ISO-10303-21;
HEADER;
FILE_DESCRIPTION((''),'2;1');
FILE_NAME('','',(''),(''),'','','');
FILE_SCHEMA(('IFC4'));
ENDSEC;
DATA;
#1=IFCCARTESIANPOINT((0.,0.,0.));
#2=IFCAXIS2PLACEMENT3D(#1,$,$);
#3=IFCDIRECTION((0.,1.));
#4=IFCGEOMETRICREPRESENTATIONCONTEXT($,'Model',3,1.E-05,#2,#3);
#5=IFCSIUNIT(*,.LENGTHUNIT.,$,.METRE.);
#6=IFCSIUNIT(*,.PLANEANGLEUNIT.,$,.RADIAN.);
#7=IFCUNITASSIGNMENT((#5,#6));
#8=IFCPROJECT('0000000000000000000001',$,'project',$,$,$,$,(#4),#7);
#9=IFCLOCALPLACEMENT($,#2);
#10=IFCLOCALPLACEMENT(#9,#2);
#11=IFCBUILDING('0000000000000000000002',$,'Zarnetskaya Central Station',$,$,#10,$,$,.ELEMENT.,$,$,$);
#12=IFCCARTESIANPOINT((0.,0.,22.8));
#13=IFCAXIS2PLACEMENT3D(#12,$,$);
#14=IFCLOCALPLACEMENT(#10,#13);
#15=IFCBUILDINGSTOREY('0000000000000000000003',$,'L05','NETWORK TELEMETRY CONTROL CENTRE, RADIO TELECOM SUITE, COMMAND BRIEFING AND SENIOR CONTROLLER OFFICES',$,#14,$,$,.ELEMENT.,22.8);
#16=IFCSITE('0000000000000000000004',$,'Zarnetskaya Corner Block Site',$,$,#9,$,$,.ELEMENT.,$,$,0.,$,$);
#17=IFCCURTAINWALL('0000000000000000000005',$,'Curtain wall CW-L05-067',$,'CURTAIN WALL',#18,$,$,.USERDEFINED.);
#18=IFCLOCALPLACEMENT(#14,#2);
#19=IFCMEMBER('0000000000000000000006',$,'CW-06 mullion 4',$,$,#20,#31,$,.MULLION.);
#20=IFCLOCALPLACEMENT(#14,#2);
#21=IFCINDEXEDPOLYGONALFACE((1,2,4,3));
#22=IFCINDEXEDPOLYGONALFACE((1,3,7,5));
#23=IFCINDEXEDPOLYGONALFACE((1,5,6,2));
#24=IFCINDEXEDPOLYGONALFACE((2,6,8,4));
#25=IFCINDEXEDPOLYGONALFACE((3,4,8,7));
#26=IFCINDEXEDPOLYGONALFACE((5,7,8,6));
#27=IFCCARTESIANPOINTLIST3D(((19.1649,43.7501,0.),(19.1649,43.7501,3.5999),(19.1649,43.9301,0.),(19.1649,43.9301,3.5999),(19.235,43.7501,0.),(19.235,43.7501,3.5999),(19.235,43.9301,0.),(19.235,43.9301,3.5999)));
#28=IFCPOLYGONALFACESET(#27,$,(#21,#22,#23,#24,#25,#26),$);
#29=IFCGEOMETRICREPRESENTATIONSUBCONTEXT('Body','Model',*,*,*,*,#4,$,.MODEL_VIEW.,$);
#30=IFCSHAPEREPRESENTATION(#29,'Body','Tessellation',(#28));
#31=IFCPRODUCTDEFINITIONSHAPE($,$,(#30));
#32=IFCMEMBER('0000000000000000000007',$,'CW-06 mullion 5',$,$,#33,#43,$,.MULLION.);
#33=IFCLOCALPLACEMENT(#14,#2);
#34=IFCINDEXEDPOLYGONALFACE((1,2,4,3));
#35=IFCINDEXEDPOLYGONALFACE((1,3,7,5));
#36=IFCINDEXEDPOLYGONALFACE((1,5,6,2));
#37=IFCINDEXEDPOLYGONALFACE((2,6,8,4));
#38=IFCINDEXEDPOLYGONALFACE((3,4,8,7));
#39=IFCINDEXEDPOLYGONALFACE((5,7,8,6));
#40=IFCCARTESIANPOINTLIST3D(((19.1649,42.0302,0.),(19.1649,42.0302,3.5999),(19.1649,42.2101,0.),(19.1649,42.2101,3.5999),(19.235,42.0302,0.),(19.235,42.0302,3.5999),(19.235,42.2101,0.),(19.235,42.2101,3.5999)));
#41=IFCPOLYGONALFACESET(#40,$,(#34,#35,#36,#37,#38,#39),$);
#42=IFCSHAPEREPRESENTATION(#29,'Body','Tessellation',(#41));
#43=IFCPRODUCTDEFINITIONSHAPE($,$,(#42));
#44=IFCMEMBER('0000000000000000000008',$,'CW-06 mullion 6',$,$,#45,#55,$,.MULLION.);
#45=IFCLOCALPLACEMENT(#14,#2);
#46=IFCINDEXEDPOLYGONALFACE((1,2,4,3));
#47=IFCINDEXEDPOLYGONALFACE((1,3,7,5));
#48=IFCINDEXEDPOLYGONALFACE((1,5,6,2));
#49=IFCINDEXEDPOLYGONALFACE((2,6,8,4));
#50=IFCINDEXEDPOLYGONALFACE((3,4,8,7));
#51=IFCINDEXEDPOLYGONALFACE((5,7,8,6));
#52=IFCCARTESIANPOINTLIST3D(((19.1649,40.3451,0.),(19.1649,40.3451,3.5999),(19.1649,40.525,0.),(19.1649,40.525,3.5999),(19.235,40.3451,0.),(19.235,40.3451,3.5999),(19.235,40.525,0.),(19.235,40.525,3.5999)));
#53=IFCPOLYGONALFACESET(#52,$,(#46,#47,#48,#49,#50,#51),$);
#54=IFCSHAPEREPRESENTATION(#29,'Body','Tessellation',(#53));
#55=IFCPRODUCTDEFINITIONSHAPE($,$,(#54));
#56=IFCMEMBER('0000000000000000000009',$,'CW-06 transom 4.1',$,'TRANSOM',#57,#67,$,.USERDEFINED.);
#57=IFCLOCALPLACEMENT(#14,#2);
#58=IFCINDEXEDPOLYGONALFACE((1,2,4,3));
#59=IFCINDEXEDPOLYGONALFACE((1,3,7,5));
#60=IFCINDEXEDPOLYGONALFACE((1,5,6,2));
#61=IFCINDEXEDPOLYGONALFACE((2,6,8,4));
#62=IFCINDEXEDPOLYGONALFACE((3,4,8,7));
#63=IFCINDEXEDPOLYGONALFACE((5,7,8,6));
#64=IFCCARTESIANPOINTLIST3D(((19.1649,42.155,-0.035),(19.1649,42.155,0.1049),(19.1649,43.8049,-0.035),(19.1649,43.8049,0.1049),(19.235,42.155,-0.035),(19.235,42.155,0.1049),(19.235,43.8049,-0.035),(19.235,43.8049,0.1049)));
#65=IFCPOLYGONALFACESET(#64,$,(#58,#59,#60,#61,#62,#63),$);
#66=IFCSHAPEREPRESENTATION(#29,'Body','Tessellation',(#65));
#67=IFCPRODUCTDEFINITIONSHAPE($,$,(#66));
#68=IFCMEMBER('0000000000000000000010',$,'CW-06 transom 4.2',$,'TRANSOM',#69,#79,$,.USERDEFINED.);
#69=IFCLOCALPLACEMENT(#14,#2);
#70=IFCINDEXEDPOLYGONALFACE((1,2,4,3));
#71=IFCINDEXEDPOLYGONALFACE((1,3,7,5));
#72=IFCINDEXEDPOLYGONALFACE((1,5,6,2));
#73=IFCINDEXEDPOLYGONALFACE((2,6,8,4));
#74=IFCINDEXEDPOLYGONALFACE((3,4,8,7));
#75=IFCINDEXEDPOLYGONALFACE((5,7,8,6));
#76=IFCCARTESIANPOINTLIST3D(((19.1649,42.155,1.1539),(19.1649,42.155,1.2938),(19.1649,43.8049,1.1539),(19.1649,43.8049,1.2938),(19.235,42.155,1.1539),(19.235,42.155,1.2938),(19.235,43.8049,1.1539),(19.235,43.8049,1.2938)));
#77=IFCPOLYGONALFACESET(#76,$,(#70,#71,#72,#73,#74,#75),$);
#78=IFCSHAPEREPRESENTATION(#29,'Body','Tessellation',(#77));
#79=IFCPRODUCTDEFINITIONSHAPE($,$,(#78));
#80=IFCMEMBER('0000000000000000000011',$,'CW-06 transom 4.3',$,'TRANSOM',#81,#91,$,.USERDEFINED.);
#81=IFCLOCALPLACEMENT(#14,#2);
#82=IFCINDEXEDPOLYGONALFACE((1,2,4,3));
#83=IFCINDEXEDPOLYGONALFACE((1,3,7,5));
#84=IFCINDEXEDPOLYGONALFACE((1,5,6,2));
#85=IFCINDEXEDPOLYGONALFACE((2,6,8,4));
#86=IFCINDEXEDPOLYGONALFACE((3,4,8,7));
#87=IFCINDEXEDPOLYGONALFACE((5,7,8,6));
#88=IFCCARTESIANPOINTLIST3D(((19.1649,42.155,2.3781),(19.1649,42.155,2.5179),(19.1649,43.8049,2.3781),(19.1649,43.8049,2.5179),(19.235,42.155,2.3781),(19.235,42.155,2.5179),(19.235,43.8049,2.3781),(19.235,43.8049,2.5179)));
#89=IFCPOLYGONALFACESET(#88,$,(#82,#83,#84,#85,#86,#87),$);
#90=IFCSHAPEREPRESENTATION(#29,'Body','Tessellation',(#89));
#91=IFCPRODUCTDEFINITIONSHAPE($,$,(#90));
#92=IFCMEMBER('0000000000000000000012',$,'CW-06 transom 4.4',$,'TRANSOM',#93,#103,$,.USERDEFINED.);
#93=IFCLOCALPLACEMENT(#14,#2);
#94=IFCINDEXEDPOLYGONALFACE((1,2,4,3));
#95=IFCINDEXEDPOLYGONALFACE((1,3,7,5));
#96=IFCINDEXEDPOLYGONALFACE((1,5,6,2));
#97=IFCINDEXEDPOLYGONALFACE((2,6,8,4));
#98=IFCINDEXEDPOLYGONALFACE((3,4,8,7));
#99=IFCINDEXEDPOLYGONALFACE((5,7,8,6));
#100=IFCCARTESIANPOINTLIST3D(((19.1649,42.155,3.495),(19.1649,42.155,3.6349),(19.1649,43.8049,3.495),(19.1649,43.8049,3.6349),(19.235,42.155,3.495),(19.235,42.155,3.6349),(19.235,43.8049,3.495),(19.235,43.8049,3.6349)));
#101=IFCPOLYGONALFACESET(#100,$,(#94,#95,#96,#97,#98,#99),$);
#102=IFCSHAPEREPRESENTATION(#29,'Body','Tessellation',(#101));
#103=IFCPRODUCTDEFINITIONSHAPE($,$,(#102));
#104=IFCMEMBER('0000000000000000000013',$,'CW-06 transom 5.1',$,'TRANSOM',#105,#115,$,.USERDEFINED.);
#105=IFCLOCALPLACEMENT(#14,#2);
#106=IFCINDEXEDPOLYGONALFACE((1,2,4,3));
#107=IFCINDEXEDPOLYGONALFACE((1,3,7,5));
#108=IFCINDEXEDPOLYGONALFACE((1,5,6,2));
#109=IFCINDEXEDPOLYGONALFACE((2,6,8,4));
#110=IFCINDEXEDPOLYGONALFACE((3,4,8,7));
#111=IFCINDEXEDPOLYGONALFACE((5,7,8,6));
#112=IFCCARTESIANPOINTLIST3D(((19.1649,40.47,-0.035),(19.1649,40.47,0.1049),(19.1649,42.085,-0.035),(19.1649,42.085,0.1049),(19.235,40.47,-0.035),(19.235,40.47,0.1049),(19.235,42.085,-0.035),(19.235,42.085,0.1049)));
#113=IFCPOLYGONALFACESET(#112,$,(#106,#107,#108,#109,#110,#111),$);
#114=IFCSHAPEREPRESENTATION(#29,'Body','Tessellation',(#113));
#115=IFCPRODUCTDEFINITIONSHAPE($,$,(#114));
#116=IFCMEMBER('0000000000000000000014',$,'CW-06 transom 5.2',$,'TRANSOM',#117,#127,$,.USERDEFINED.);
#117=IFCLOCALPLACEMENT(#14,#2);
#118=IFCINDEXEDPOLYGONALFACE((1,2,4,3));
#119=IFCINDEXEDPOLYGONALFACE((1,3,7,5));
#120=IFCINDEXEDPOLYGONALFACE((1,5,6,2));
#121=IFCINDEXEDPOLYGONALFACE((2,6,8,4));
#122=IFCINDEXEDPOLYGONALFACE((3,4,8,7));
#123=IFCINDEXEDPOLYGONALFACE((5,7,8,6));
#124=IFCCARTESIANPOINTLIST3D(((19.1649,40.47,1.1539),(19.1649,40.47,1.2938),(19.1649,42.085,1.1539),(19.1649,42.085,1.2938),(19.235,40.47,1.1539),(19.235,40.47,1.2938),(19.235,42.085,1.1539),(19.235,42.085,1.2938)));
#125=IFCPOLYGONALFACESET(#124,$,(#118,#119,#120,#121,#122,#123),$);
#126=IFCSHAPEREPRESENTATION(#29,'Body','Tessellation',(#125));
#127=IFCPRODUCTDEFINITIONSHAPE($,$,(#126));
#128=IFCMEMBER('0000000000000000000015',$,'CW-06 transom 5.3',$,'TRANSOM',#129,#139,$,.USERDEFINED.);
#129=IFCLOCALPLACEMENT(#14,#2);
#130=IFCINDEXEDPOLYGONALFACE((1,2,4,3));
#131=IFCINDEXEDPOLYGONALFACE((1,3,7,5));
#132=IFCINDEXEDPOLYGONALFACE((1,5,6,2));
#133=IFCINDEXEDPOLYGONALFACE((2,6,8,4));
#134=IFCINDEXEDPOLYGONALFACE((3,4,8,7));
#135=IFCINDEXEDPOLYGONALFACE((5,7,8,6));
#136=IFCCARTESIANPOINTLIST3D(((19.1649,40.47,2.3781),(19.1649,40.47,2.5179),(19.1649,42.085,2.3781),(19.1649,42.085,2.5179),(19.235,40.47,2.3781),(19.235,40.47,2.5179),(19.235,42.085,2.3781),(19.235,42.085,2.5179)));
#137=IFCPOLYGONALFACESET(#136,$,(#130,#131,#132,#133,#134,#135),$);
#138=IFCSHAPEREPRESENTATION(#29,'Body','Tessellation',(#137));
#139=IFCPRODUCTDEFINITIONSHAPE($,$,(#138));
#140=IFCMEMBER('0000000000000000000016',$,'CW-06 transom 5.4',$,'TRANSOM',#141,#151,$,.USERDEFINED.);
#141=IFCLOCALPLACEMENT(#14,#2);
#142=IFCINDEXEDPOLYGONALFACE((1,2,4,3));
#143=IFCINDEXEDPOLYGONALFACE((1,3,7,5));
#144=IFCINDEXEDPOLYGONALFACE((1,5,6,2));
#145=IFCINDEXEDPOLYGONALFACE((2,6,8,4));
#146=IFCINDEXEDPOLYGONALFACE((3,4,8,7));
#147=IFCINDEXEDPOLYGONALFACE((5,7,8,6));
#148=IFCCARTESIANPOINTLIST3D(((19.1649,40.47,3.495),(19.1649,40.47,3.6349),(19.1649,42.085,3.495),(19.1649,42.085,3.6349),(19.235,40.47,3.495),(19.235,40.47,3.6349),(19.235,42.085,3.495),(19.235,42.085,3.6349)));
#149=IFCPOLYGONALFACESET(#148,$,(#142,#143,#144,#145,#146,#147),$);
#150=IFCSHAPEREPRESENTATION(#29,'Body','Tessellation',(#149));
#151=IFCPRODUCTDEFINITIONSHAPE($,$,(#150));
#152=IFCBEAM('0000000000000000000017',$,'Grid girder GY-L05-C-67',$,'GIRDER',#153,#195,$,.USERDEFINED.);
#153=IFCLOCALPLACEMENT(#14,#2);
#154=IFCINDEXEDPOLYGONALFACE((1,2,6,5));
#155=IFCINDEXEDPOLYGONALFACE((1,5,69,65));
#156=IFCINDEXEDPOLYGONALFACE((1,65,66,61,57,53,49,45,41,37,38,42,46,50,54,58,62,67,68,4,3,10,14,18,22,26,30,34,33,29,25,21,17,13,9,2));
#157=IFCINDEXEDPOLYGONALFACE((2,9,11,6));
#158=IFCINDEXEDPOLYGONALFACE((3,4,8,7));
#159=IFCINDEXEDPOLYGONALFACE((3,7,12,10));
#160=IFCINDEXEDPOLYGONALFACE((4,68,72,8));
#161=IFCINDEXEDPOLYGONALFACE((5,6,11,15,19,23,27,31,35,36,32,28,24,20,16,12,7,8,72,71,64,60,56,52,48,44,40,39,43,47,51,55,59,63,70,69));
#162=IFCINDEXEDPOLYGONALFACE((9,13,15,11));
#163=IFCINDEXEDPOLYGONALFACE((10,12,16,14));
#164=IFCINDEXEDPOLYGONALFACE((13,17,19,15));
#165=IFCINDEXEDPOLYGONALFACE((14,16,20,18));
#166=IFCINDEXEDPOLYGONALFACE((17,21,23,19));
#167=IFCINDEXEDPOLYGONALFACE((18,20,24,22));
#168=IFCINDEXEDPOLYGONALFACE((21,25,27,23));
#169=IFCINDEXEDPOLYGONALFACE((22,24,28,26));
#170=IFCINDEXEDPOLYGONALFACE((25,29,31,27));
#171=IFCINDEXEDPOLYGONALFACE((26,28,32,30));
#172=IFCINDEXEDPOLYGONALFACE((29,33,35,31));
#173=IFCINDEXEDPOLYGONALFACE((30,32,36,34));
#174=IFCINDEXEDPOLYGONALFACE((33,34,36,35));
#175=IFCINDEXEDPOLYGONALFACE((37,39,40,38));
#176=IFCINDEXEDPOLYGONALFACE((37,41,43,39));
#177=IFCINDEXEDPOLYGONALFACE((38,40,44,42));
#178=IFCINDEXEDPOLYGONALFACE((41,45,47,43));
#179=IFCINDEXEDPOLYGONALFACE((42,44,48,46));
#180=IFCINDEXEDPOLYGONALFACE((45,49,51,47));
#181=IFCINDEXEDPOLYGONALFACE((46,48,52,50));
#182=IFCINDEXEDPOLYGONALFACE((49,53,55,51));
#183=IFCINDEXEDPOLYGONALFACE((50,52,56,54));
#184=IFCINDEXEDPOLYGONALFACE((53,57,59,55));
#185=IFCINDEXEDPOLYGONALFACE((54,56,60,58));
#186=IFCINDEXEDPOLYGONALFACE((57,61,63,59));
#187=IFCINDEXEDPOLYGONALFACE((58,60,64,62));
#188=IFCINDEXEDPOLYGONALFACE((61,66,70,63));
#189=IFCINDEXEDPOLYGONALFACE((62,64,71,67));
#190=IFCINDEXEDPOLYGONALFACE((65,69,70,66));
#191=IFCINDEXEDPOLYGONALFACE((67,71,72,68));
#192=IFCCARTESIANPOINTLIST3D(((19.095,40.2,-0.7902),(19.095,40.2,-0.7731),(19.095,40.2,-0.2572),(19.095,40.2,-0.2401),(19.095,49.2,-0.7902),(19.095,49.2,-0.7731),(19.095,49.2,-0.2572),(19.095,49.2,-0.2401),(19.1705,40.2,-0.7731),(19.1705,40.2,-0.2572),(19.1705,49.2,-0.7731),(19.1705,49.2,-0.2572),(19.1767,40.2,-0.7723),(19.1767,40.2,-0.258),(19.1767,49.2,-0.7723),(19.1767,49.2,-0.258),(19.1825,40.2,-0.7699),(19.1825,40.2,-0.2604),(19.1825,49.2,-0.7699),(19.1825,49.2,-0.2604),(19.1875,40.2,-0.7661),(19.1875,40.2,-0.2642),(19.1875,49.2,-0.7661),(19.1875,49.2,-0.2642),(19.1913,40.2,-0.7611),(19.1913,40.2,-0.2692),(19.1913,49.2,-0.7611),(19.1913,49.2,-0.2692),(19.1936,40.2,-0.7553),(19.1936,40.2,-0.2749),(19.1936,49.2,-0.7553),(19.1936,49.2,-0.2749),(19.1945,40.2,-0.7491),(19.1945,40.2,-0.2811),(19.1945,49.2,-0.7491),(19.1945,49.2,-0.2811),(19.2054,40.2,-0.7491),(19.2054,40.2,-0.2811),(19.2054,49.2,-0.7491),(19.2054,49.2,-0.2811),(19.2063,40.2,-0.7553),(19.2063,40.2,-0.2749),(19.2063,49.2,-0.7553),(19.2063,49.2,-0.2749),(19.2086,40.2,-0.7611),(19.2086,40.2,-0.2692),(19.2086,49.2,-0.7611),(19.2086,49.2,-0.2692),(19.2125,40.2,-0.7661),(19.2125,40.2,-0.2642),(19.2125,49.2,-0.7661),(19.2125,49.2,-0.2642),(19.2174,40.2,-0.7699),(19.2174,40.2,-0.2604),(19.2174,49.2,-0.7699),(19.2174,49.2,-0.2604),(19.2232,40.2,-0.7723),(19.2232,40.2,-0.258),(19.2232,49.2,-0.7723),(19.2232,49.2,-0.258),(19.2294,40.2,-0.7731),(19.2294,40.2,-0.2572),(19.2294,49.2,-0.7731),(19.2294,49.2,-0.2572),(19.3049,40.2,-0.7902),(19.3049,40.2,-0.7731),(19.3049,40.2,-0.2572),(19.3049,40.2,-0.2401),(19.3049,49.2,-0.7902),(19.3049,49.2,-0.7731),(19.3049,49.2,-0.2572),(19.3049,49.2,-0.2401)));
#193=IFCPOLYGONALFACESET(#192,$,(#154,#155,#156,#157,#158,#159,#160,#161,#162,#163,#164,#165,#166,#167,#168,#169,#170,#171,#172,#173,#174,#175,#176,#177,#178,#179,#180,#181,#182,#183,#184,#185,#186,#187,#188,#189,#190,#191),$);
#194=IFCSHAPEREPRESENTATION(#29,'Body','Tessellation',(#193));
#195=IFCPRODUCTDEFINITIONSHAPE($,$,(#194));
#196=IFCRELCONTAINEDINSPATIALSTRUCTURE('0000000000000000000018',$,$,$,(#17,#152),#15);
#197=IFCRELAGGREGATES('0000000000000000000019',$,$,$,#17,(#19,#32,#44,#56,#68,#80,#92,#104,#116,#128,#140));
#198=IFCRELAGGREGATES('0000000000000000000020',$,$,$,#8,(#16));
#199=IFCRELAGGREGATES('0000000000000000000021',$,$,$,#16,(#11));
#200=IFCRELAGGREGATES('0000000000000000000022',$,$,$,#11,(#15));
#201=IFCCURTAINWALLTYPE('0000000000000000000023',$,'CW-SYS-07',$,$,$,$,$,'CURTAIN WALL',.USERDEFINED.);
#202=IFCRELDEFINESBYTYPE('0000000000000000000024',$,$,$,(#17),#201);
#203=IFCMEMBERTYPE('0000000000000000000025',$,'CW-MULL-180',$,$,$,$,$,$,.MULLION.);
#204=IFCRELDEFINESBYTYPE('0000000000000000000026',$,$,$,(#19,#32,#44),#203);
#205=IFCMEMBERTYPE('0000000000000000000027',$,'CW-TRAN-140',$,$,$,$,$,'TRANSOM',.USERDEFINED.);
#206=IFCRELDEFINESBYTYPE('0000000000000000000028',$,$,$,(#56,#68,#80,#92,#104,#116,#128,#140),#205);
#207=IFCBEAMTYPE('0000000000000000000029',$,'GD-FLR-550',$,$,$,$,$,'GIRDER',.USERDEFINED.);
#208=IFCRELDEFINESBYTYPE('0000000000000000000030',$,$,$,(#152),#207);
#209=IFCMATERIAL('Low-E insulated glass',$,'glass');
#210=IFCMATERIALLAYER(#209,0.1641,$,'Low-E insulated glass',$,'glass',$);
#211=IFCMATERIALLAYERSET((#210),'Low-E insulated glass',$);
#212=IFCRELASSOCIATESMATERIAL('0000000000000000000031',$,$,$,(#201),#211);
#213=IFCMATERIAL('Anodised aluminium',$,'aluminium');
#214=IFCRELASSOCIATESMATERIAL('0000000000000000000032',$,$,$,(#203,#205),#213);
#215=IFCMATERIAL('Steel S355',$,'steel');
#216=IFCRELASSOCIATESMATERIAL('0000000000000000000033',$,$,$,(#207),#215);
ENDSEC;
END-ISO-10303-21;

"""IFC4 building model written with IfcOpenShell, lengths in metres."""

from ifc_helpers import new_model, si_unit, direction, frame, origin, origin_2d, place, context, subcontext, project, spatial, rectangle, i_section, extrude, material, layer, layer_set, material_profile, profile_set, type_object, element, aggregate, save


model = new_model("IFC4")

# Units and contexts
model_context = context("Model", 3, precision=1e-05, world=origin(), true_north=direction((0.0, 1.0)))
body_context = subcontext(model_context, "Body", "Model", "MODEL_VIEW")
ifc_project = project(units=[si_unit("LENGTHUNIT", "METRE"), si_unit("PLANEANGLEUNIT", "RADIAN")], contexts=[model_context])

# Site, building, storey
site_placement = place(None, origin())
site = spatial("IfcSite", under=ifc_project, at=site_placement, Name="Zarnetskaya Corner Block Site", CompositionType="ELEMENT", RefElevation=0.0)
building_placement = place(site_placement, origin())
building = spatial("IfcBuilding", under=site, at=building_placement, Name="Zarnetskaya Central Station", CompositionType="ELEMENT")
storey_placement = place(building_placement, frame((0.0, 0.0, 22.8)))
storey = spatial("IfcBuildingStorey", under=building, at=storey_placement, Name="L05", Description="NETWORK TELEMETRY CONTROL CENTRE, RADIO TELECOM SUITE, COMMAND BRIEFING AND SENIOR CONTROLLER OFFICES", CompositionType="ELEMENT", Elevation=22.8)

# Curtain wall, members
ifc_material_1 = material(Name="Low-E insulated glass", Category="glass")
ifc_layer_1 = layer(ifc_material_1, 0.1641, Name="Low-E insulated glass", Category="glass")
ifc_layer_set_1 = layer_set([ifc_layer_1], Name="Low-E insulated glass")
curtain_wall_type = type_object("IfcCurtainWallType", Name="CW-SYS-07", ElementType="CURTAIN WALL", PredefinedType="USERDEFINED", material=ifc_layer_set_1)
curtain_wall_placement = place(storey_placement, origin())
curtain_wall = element("IfcCurtainWall", 1, at=curtain_wall_placement, inside=storey, type_object=curtain_wall_type, Name="Curtain wall CW-L05-067", ObjectType="CURTAIN WALL", PredefinedType="USERDEFINED")
ifc_material_2 = material(Name="Anodised aluminium", Category="aluminium")
ifc_material_profile_1 = material_profile(ifc_material_2, rectangle(XDim=0.0701, YDim=0.1799, at=origin_2d()), Name="ALU MULL 70x180")
ifc_profile_set_1 = profile_set([ifc_material_profile_1], Name="Anodised aluminium")
member_type_1 = type_object("IfcMemberType", Name="CW-MULL-180", PredefinedType="MULLION", material=ifc_profile_set_1)
member_1_placement = place(storey_placement, frame((19.2, 43.8401, 0.0), z_axis=(0.0, 0.0, 1.0), x_axis=(1.0, 0.0, 0.0)))
member_1 = element("IfcMember", 2, at=member_1_placement, type_object=member_type_1, Name="CW-06 mullion 4", PredefinedType="MULLION", context=body_context, shape_type="SweptSolid", body=[
    extrude(rectangle(XDim=0.0701, YDim=0.1799, at=origin_2d()), origin(), (0.0, 0.0, 1.0), 3.5999),
])
member_2_placement = place(storey_placement, frame((19.2, 42.1201, 0.0), z_axis=(0.0, 0.0, 1.0), x_axis=(1.0, 0.0, 0.0)))
member_2 = element("IfcMember", 3, at=member_2_placement, type_object=member_type_1, Name="CW-06 mullion 5", PredefinedType="MULLION", context=body_context, shape_type="SweptSolid", body=[
    extrude(rectangle(XDim=0.0701, YDim=0.1799, at=origin_2d()), origin(), (0.0, 0.0, 1.0), 3.5999),
])
member_3_placement = place(storey_placement, frame((19.2, 40.4351, 0.0), z_axis=(0.0, 0.0, 1.0), x_axis=(1.0, 0.0, 0.0)))
member_3 = element("IfcMember", 4, at=member_3_placement, type_object=member_type_1, Name="CW-06 mullion 6", PredefinedType="MULLION", context=body_context, shape_type="SweptSolid", body=[
    extrude(rectangle(XDim=0.0701, YDim=0.1799, at=origin_2d()), origin(), (0.0, 0.0, 1.0), 3.5999),
])
ifc_material_profile_2 = material_profile(ifc_material_2, rectangle(XDim=0.0701, YDim=0.1399, at=origin_2d()), Name="ALU TRAN 70x140")
ifc_profile_set_2 = profile_set([ifc_material_profile_2], Name="Anodised aluminium")
member_type_2 = type_object("IfcMemberType", Name="CW-TRAN-140", ElementType="TRANSOM", PredefinedType="USERDEFINED", material=ifc_profile_set_2)
member_4_placement = place(storey_placement, frame((19.2, 43.8049, 0.0349), z_axis=(0.0, -1.0, 0.0), x_axis=(1.0, 0.0, 0.0)))
member_4 = element("IfcMember", 5, at=member_4_placement, type_object=member_type_2, Name="CW-06 transom 4.1", ObjectType="TRANSOM", PredefinedType="USERDEFINED", context=body_context, shape_type="SweptSolid", body=[
    extrude(rectangle(XDim=0.0701, YDim=0.1399, at=origin_2d()), origin(), (0.0, 0.0, 1.0), 1.6499),
])
member_5_placement = place(storey_placement, frame((19.2, 43.8049, 1.2239), z_axis=(0.0, -1.0, 0.0), x_axis=(1.0, 0.0, 0.0)))
member_5 = element("IfcMember", 6, at=member_5_placement, type_object=member_type_2, Name="CW-06 transom 4.2", ObjectType="TRANSOM", PredefinedType="USERDEFINED", context=body_context, shape_type="SweptSolid", body=[
    extrude(rectangle(XDim=0.0701, YDim=0.1399, at=origin_2d()), origin(), (0.0, 0.0, 1.0), 1.6499),
])
member_6_placement = place(storey_placement, frame((19.2, 43.8049, 2.448), z_axis=(0.0, -1.0, 0.0), x_axis=(1.0, 0.0, 0.0)))
member_6 = element("IfcMember", 7, at=member_6_placement, type_object=member_type_2, Name="CW-06 transom 4.3", ObjectType="TRANSOM", PredefinedType="USERDEFINED", context=body_context, shape_type="SweptSolid", body=[
    extrude(rectangle(XDim=0.0701, YDim=0.1399, at=origin_2d()), origin(), (0.0, 0.0, 1.0), 1.6499),
])
member_7_placement = place(storey_placement, frame((19.2, 43.8049, 3.5649), z_axis=(0.0, -1.0, 0.0), x_axis=(1.0, 0.0, 0.0)))
member_7 = element("IfcMember", 8, at=member_7_placement, type_object=member_type_2, Name="CW-06 transom 4.4", ObjectType="TRANSOM", PredefinedType="USERDEFINED", context=body_context, shape_type="SweptSolid", body=[
    extrude(rectangle(XDim=0.0701, YDim=0.1399, at=origin_2d()), origin(), (0.0, 0.0, 1.0), 1.6499),
])
member_8_placement = place(storey_placement, frame((19.2, 42.085, 0.0349), z_axis=(0.0, -1.0, 0.0), x_axis=(1.0, 0.0, 0.0)))
member_8 = element("IfcMember", 9, at=member_8_placement, type_object=member_type_2, Name="CW-06 transom 5.1", ObjectType="TRANSOM", PredefinedType="USERDEFINED", context=body_context, shape_type="SweptSolid", body=[
    extrude(rectangle(XDim=0.0701, YDim=0.1399, at=origin_2d()), origin(), (0.0, 0.0, 1.0), 1.615),
])
member_9_placement = place(storey_placement, frame((19.2, 42.085, 1.2239), z_axis=(0.0, -1.0, 0.0), x_axis=(1.0, 0.0, 0.0)))
member_9 = element("IfcMember", 10, at=member_9_placement, type_object=member_type_2, Name="CW-06 transom 5.2", ObjectType="TRANSOM", PredefinedType="USERDEFINED", context=body_context, shape_type="SweptSolid", body=[
    extrude(rectangle(XDim=0.0701, YDim=0.1399, at=origin_2d()), origin(), (0.0, 0.0, 1.0), 1.615),
])
member_10_placement = place(storey_placement, frame((19.2, 42.085, 2.448), z_axis=(0.0, -1.0, 0.0), x_axis=(1.0, 0.0, 0.0)))
member_10 = element("IfcMember", 11, at=member_10_placement, type_object=member_type_2, Name="CW-06 transom 5.3", ObjectType="TRANSOM", PredefinedType="USERDEFINED", context=body_context, shape_type="SweptSolid", body=[
    extrude(rectangle(XDim=0.0701, YDim=0.1399, at=origin_2d()), origin(), (0.0, 0.0, 1.0), 1.615),
])
member_11_placement = place(storey_placement, frame((19.2, 42.085, 3.5649), z_axis=(0.0, -1.0, 0.0), x_axis=(1.0, 0.0, 0.0)))
member_11 = element("IfcMember", 12, at=member_11_placement, type_object=member_type_2, Name="CW-06 transom 5.4", ObjectType="TRANSOM", PredefinedType="USERDEFINED", context=body_context, shape_type="SweptSolid", body=[
    extrude(rectangle(XDim=0.0701, YDim=0.1399, at=origin_2d()), origin(), (0.0, 0.0, 1.0), 1.615),
])

# Beam
ifc_material_3 = material(Name="Steel S355", Category="steel")
ifc_material_profile_3 = material_profile(ifc_material_3, i_section(OverallWidth=0.21, OverallDepth=0.55, WebThickness=0.011, FlangeThickness=0.0171, FilletRadius=0.0239, at=origin_2d()), Name="IPE 550")
ifc_profile_set_3 = profile_set([ifc_material_profile_3], Name="Steel S355")
beam_type = type_object("IfcBeamType", Name="GD-FLR-550", ElementType="GIRDER", PredefinedType="USERDEFINED", material=ifc_profile_set_3)
beam_placement = place(storey_placement, frame((19.2, 40.2, -0.5151), z_axis=(0.0, 1.0, 0.0), x_axis=(-1.0, 0.0, 0.0)))
element("IfcBeam", 13, at=beam_placement, inside=storey, type_object=beam_type, Name="Grid girder GY-L05-C-67", ObjectType="GIRDER", PredefinedType="USERDEFINED", context=body_context, shape_type="SweptSolid", body=[
    extrude(i_section(OverallWidth=0.21, OverallDepth=0.55, WebThickness=0.011, FlangeThickness=0.0171, FilletRadius=0.0239, at=origin_2d()), origin(), (0.0, 0.0, 1.0), 9.0),
])

aggregate(curtain_wall, [member_1, member_2, member_3, member_4, member_5, member_6, member_7, member_8, member_9, member_10, member_11])

save(model, "model.ifc")
